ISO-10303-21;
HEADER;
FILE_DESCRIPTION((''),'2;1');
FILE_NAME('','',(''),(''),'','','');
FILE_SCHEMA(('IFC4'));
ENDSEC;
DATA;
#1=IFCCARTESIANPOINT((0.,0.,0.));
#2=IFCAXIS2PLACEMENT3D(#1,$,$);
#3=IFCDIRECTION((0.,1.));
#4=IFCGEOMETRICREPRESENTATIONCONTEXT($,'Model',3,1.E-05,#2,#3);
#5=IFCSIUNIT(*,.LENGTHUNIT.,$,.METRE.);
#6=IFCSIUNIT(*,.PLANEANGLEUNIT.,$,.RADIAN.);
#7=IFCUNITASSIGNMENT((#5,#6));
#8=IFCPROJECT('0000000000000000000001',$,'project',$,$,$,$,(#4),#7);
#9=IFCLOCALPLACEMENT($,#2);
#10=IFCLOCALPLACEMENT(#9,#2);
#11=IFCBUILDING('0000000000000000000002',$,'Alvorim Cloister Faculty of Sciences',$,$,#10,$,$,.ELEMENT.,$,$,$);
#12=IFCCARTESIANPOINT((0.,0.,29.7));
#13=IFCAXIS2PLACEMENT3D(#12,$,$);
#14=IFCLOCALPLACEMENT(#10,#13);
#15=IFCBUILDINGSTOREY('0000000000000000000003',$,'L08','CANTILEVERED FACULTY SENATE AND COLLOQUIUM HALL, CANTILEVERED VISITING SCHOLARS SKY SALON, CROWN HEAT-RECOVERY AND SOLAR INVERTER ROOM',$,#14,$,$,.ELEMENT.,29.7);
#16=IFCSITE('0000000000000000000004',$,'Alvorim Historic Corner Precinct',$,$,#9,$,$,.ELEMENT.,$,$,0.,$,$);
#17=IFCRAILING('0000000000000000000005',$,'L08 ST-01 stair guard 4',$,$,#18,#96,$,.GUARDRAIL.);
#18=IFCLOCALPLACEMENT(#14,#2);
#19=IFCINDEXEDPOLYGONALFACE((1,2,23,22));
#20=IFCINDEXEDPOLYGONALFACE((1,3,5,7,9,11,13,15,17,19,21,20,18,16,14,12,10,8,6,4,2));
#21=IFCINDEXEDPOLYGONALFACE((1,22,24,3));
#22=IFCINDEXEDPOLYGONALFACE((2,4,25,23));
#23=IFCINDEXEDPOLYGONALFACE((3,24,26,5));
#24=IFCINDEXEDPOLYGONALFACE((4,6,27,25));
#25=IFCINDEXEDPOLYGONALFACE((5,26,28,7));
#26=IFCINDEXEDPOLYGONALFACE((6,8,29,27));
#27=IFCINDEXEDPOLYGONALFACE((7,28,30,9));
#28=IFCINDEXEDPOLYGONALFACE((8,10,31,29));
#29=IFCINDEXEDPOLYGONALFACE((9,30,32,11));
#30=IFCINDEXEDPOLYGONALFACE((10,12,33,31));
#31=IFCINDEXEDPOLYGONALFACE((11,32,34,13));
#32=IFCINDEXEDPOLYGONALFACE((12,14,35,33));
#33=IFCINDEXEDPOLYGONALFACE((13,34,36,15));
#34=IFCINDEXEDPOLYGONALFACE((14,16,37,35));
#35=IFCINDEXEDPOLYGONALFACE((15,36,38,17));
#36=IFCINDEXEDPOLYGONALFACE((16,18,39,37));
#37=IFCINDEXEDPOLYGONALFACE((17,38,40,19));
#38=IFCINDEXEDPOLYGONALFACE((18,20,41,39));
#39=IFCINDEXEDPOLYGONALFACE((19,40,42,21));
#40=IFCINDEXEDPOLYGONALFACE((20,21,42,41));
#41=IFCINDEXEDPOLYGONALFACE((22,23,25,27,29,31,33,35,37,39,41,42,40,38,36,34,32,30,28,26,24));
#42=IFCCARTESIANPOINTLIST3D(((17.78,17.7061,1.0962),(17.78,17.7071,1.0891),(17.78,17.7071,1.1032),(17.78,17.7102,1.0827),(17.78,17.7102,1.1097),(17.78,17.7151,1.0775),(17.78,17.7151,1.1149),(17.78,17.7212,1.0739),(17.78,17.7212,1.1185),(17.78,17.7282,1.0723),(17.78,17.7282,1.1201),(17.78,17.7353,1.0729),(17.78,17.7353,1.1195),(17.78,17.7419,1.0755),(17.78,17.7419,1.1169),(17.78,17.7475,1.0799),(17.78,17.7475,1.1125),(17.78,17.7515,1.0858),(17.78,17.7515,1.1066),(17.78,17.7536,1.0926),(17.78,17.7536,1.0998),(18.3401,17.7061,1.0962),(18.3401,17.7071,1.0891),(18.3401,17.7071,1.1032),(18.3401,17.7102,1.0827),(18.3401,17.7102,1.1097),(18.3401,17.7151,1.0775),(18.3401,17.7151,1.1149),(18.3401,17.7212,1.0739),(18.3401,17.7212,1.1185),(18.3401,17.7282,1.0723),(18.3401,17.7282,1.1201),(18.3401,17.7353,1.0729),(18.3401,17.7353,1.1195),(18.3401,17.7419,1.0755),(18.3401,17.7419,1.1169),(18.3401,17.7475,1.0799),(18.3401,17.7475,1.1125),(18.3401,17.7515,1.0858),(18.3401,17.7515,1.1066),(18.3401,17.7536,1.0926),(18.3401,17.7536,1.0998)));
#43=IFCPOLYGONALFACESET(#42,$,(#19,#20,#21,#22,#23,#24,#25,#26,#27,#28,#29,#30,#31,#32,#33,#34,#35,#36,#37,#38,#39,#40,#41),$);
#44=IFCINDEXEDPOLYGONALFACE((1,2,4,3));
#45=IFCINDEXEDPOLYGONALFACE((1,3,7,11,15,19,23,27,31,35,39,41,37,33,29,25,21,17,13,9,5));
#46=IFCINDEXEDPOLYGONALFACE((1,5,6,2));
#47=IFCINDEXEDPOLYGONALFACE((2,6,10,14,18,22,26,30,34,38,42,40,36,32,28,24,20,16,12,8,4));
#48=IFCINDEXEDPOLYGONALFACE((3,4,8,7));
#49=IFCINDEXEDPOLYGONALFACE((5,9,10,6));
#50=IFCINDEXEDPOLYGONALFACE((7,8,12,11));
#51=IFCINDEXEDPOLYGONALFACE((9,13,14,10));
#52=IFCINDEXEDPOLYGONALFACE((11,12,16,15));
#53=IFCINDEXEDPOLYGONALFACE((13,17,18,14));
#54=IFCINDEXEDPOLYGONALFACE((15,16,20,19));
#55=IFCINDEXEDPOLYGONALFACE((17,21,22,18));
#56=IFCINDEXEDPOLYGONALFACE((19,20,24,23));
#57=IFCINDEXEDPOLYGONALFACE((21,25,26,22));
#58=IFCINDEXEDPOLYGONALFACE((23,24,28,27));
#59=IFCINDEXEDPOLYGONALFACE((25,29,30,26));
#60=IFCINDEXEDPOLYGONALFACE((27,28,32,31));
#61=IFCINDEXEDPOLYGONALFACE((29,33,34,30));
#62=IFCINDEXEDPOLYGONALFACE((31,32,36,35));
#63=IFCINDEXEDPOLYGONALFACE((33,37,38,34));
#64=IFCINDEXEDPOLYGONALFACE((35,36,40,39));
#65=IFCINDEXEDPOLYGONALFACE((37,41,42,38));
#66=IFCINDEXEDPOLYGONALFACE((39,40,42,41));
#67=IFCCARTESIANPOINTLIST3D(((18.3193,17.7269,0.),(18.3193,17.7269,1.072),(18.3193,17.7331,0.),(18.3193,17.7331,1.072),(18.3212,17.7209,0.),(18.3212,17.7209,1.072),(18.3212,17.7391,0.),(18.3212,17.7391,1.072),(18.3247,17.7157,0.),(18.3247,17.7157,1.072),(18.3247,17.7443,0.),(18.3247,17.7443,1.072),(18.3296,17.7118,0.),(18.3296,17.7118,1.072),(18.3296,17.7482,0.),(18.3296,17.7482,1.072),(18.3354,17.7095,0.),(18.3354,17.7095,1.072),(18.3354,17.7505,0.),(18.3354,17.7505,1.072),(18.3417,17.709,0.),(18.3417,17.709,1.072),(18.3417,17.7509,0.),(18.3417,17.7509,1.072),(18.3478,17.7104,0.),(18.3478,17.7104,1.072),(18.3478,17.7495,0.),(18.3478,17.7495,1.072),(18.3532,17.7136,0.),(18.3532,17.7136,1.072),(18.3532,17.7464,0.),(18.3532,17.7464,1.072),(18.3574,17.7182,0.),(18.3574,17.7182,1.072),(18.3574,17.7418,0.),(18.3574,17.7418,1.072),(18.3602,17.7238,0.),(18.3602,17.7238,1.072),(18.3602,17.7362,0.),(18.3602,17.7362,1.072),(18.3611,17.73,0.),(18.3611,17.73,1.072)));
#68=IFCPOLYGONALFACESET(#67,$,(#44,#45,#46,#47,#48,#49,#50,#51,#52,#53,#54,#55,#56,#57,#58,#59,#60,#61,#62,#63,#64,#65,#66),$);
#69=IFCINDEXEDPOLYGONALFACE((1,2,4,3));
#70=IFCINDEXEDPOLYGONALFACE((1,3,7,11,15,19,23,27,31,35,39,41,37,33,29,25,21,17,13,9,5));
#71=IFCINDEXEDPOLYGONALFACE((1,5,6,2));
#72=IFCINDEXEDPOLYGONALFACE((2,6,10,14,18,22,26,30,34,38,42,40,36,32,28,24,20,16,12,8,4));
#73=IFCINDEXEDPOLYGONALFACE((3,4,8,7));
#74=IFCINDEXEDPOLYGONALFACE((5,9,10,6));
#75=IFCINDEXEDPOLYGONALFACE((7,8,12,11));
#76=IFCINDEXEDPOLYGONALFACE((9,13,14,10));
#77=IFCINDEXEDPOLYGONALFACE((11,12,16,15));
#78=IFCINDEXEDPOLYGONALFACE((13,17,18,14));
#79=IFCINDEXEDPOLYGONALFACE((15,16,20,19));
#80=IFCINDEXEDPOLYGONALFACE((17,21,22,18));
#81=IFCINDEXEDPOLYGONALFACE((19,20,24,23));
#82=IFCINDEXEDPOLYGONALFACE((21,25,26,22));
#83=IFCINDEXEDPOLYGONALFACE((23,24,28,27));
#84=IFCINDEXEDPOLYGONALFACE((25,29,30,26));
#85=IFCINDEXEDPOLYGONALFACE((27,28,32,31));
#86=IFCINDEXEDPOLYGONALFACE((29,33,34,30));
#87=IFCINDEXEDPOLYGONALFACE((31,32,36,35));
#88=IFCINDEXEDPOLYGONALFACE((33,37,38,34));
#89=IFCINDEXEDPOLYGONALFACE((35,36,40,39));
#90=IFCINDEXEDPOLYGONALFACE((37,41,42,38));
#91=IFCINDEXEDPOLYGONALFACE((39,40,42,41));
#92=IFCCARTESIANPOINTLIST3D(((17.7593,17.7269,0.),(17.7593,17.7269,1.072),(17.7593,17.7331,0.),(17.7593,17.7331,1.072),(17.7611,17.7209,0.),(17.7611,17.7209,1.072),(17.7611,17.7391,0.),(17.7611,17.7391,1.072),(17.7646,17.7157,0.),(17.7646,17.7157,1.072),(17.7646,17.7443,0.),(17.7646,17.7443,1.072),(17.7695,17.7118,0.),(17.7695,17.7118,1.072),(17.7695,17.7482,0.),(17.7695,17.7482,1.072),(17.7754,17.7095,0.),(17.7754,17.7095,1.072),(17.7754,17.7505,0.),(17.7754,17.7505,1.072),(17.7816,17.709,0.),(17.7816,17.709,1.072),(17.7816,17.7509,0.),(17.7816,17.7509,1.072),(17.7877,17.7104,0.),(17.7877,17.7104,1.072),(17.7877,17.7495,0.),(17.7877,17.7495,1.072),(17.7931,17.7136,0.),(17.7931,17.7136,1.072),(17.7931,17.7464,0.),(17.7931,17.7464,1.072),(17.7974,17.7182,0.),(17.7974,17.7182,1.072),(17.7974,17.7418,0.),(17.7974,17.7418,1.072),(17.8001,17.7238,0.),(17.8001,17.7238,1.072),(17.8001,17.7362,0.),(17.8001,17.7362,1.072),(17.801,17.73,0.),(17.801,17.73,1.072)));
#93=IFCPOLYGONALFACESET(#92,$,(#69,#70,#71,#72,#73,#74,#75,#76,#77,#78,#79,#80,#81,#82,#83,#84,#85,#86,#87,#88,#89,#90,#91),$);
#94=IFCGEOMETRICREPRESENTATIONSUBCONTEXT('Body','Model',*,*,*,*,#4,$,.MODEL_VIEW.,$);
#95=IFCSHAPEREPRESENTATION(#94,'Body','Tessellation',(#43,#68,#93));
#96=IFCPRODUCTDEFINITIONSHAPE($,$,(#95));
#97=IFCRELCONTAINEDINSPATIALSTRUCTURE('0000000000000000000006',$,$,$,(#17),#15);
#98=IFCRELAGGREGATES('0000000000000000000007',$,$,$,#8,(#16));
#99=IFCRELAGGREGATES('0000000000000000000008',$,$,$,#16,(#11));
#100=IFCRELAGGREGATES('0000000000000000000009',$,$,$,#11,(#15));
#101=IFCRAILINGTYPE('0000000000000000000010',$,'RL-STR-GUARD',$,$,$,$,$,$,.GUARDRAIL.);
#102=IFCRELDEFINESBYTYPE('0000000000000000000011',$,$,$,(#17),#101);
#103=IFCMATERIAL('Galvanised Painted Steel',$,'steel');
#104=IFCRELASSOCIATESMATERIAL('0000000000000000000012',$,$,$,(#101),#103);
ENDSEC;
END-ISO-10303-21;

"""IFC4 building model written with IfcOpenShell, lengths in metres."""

from ifc_helpers import new_model, si_unit, direction, frame, origin, origin_2d, place, context, subcontext, project, spatial, circle, extrude, material, type_object, element, save


model = new_model("IFC4")

# Units and contexts
model_context = context("Model", 3, precision=1e-05, world=origin(), true_north=direction((0.0, 1.0)))
body_context = subcontext(model_context, "Body", "Model", "MODEL_VIEW")
ifc_project = project(units=[si_unit("LENGTHUNIT", "METRE"), si_unit("PLANEANGLEUNIT", "RADIAN")], contexts=[model_context])

# Site, building, storey
site_placement = place(None, origin())
site = spatial("IfcSite", under=ifc_project, at=site_placement, Name="Alvorim Historic Corner Precinct", CompositionType="ELEMENT", RefElevation=0.0)
building_placement = place(site_placement, origin())
building = spatial("IfcBuilding", under=site, at=building_placement, Name="Alvorim Cloister Faculty of Sciences", CompositionType="ELEMENT")
storey_placement = place(building_placement, frame((0.0, 0.0, 29.7)))
storey = spatial("IfcBuildingStorey", under=building, at=storey_placement, Name="L08", Description="CANTILEVERED FACULTY SENATE AND COLLOQUIUM HALL, CANTILEVERED VISITING SCHOLARS SKY SALON, CROWN HEAT-RECOVERY AND SOLAR INVERTER ROOM", CompositionType="ELEMENT", Elevation=29.7)

# Railing
ifc_material_1 = material(Name="Galvanised Painted Steel", Category="steel")
railing_type_1 = type_object("IfcRailingType", Name="RL-STR-GUARD", PredefinedType="GUARDRAIL", material=ifc_material_1)
railing_1_placement = place(storey_placement, frame((18.3401, 17.73, 0.0)))
element("IfcRailing", 1, at=railing_1_placement, inside=storey, type_object=railing_type_1, Name="L08 ST-01 stair guard 4", PredefinedType="GUARDRAIL", context=body_context, shape_type="SweptSolid", body=[
    extrude(circle(Radius=0.0239, at=origin_2d()), frame((0.0, 0.0, 1.0962), z_axis=(-1.0, 0.0, 0.0), x_axis=(0.0, -1.0, 0.0)), (0.0, 0.0, 1.0), 0.5601),
    extrude(circle(Radius=0.021, at=origin_2d()), origin(), (0.0, 0.0, 1.0), 1.072),
    extrude(circle(Radius=0.021, at=origin_2d()), frame((-0.5601, 0.0, 0.0)), (0.0, 0.0, 1.0), 1.072),
])

save(model, "model.ifc")
